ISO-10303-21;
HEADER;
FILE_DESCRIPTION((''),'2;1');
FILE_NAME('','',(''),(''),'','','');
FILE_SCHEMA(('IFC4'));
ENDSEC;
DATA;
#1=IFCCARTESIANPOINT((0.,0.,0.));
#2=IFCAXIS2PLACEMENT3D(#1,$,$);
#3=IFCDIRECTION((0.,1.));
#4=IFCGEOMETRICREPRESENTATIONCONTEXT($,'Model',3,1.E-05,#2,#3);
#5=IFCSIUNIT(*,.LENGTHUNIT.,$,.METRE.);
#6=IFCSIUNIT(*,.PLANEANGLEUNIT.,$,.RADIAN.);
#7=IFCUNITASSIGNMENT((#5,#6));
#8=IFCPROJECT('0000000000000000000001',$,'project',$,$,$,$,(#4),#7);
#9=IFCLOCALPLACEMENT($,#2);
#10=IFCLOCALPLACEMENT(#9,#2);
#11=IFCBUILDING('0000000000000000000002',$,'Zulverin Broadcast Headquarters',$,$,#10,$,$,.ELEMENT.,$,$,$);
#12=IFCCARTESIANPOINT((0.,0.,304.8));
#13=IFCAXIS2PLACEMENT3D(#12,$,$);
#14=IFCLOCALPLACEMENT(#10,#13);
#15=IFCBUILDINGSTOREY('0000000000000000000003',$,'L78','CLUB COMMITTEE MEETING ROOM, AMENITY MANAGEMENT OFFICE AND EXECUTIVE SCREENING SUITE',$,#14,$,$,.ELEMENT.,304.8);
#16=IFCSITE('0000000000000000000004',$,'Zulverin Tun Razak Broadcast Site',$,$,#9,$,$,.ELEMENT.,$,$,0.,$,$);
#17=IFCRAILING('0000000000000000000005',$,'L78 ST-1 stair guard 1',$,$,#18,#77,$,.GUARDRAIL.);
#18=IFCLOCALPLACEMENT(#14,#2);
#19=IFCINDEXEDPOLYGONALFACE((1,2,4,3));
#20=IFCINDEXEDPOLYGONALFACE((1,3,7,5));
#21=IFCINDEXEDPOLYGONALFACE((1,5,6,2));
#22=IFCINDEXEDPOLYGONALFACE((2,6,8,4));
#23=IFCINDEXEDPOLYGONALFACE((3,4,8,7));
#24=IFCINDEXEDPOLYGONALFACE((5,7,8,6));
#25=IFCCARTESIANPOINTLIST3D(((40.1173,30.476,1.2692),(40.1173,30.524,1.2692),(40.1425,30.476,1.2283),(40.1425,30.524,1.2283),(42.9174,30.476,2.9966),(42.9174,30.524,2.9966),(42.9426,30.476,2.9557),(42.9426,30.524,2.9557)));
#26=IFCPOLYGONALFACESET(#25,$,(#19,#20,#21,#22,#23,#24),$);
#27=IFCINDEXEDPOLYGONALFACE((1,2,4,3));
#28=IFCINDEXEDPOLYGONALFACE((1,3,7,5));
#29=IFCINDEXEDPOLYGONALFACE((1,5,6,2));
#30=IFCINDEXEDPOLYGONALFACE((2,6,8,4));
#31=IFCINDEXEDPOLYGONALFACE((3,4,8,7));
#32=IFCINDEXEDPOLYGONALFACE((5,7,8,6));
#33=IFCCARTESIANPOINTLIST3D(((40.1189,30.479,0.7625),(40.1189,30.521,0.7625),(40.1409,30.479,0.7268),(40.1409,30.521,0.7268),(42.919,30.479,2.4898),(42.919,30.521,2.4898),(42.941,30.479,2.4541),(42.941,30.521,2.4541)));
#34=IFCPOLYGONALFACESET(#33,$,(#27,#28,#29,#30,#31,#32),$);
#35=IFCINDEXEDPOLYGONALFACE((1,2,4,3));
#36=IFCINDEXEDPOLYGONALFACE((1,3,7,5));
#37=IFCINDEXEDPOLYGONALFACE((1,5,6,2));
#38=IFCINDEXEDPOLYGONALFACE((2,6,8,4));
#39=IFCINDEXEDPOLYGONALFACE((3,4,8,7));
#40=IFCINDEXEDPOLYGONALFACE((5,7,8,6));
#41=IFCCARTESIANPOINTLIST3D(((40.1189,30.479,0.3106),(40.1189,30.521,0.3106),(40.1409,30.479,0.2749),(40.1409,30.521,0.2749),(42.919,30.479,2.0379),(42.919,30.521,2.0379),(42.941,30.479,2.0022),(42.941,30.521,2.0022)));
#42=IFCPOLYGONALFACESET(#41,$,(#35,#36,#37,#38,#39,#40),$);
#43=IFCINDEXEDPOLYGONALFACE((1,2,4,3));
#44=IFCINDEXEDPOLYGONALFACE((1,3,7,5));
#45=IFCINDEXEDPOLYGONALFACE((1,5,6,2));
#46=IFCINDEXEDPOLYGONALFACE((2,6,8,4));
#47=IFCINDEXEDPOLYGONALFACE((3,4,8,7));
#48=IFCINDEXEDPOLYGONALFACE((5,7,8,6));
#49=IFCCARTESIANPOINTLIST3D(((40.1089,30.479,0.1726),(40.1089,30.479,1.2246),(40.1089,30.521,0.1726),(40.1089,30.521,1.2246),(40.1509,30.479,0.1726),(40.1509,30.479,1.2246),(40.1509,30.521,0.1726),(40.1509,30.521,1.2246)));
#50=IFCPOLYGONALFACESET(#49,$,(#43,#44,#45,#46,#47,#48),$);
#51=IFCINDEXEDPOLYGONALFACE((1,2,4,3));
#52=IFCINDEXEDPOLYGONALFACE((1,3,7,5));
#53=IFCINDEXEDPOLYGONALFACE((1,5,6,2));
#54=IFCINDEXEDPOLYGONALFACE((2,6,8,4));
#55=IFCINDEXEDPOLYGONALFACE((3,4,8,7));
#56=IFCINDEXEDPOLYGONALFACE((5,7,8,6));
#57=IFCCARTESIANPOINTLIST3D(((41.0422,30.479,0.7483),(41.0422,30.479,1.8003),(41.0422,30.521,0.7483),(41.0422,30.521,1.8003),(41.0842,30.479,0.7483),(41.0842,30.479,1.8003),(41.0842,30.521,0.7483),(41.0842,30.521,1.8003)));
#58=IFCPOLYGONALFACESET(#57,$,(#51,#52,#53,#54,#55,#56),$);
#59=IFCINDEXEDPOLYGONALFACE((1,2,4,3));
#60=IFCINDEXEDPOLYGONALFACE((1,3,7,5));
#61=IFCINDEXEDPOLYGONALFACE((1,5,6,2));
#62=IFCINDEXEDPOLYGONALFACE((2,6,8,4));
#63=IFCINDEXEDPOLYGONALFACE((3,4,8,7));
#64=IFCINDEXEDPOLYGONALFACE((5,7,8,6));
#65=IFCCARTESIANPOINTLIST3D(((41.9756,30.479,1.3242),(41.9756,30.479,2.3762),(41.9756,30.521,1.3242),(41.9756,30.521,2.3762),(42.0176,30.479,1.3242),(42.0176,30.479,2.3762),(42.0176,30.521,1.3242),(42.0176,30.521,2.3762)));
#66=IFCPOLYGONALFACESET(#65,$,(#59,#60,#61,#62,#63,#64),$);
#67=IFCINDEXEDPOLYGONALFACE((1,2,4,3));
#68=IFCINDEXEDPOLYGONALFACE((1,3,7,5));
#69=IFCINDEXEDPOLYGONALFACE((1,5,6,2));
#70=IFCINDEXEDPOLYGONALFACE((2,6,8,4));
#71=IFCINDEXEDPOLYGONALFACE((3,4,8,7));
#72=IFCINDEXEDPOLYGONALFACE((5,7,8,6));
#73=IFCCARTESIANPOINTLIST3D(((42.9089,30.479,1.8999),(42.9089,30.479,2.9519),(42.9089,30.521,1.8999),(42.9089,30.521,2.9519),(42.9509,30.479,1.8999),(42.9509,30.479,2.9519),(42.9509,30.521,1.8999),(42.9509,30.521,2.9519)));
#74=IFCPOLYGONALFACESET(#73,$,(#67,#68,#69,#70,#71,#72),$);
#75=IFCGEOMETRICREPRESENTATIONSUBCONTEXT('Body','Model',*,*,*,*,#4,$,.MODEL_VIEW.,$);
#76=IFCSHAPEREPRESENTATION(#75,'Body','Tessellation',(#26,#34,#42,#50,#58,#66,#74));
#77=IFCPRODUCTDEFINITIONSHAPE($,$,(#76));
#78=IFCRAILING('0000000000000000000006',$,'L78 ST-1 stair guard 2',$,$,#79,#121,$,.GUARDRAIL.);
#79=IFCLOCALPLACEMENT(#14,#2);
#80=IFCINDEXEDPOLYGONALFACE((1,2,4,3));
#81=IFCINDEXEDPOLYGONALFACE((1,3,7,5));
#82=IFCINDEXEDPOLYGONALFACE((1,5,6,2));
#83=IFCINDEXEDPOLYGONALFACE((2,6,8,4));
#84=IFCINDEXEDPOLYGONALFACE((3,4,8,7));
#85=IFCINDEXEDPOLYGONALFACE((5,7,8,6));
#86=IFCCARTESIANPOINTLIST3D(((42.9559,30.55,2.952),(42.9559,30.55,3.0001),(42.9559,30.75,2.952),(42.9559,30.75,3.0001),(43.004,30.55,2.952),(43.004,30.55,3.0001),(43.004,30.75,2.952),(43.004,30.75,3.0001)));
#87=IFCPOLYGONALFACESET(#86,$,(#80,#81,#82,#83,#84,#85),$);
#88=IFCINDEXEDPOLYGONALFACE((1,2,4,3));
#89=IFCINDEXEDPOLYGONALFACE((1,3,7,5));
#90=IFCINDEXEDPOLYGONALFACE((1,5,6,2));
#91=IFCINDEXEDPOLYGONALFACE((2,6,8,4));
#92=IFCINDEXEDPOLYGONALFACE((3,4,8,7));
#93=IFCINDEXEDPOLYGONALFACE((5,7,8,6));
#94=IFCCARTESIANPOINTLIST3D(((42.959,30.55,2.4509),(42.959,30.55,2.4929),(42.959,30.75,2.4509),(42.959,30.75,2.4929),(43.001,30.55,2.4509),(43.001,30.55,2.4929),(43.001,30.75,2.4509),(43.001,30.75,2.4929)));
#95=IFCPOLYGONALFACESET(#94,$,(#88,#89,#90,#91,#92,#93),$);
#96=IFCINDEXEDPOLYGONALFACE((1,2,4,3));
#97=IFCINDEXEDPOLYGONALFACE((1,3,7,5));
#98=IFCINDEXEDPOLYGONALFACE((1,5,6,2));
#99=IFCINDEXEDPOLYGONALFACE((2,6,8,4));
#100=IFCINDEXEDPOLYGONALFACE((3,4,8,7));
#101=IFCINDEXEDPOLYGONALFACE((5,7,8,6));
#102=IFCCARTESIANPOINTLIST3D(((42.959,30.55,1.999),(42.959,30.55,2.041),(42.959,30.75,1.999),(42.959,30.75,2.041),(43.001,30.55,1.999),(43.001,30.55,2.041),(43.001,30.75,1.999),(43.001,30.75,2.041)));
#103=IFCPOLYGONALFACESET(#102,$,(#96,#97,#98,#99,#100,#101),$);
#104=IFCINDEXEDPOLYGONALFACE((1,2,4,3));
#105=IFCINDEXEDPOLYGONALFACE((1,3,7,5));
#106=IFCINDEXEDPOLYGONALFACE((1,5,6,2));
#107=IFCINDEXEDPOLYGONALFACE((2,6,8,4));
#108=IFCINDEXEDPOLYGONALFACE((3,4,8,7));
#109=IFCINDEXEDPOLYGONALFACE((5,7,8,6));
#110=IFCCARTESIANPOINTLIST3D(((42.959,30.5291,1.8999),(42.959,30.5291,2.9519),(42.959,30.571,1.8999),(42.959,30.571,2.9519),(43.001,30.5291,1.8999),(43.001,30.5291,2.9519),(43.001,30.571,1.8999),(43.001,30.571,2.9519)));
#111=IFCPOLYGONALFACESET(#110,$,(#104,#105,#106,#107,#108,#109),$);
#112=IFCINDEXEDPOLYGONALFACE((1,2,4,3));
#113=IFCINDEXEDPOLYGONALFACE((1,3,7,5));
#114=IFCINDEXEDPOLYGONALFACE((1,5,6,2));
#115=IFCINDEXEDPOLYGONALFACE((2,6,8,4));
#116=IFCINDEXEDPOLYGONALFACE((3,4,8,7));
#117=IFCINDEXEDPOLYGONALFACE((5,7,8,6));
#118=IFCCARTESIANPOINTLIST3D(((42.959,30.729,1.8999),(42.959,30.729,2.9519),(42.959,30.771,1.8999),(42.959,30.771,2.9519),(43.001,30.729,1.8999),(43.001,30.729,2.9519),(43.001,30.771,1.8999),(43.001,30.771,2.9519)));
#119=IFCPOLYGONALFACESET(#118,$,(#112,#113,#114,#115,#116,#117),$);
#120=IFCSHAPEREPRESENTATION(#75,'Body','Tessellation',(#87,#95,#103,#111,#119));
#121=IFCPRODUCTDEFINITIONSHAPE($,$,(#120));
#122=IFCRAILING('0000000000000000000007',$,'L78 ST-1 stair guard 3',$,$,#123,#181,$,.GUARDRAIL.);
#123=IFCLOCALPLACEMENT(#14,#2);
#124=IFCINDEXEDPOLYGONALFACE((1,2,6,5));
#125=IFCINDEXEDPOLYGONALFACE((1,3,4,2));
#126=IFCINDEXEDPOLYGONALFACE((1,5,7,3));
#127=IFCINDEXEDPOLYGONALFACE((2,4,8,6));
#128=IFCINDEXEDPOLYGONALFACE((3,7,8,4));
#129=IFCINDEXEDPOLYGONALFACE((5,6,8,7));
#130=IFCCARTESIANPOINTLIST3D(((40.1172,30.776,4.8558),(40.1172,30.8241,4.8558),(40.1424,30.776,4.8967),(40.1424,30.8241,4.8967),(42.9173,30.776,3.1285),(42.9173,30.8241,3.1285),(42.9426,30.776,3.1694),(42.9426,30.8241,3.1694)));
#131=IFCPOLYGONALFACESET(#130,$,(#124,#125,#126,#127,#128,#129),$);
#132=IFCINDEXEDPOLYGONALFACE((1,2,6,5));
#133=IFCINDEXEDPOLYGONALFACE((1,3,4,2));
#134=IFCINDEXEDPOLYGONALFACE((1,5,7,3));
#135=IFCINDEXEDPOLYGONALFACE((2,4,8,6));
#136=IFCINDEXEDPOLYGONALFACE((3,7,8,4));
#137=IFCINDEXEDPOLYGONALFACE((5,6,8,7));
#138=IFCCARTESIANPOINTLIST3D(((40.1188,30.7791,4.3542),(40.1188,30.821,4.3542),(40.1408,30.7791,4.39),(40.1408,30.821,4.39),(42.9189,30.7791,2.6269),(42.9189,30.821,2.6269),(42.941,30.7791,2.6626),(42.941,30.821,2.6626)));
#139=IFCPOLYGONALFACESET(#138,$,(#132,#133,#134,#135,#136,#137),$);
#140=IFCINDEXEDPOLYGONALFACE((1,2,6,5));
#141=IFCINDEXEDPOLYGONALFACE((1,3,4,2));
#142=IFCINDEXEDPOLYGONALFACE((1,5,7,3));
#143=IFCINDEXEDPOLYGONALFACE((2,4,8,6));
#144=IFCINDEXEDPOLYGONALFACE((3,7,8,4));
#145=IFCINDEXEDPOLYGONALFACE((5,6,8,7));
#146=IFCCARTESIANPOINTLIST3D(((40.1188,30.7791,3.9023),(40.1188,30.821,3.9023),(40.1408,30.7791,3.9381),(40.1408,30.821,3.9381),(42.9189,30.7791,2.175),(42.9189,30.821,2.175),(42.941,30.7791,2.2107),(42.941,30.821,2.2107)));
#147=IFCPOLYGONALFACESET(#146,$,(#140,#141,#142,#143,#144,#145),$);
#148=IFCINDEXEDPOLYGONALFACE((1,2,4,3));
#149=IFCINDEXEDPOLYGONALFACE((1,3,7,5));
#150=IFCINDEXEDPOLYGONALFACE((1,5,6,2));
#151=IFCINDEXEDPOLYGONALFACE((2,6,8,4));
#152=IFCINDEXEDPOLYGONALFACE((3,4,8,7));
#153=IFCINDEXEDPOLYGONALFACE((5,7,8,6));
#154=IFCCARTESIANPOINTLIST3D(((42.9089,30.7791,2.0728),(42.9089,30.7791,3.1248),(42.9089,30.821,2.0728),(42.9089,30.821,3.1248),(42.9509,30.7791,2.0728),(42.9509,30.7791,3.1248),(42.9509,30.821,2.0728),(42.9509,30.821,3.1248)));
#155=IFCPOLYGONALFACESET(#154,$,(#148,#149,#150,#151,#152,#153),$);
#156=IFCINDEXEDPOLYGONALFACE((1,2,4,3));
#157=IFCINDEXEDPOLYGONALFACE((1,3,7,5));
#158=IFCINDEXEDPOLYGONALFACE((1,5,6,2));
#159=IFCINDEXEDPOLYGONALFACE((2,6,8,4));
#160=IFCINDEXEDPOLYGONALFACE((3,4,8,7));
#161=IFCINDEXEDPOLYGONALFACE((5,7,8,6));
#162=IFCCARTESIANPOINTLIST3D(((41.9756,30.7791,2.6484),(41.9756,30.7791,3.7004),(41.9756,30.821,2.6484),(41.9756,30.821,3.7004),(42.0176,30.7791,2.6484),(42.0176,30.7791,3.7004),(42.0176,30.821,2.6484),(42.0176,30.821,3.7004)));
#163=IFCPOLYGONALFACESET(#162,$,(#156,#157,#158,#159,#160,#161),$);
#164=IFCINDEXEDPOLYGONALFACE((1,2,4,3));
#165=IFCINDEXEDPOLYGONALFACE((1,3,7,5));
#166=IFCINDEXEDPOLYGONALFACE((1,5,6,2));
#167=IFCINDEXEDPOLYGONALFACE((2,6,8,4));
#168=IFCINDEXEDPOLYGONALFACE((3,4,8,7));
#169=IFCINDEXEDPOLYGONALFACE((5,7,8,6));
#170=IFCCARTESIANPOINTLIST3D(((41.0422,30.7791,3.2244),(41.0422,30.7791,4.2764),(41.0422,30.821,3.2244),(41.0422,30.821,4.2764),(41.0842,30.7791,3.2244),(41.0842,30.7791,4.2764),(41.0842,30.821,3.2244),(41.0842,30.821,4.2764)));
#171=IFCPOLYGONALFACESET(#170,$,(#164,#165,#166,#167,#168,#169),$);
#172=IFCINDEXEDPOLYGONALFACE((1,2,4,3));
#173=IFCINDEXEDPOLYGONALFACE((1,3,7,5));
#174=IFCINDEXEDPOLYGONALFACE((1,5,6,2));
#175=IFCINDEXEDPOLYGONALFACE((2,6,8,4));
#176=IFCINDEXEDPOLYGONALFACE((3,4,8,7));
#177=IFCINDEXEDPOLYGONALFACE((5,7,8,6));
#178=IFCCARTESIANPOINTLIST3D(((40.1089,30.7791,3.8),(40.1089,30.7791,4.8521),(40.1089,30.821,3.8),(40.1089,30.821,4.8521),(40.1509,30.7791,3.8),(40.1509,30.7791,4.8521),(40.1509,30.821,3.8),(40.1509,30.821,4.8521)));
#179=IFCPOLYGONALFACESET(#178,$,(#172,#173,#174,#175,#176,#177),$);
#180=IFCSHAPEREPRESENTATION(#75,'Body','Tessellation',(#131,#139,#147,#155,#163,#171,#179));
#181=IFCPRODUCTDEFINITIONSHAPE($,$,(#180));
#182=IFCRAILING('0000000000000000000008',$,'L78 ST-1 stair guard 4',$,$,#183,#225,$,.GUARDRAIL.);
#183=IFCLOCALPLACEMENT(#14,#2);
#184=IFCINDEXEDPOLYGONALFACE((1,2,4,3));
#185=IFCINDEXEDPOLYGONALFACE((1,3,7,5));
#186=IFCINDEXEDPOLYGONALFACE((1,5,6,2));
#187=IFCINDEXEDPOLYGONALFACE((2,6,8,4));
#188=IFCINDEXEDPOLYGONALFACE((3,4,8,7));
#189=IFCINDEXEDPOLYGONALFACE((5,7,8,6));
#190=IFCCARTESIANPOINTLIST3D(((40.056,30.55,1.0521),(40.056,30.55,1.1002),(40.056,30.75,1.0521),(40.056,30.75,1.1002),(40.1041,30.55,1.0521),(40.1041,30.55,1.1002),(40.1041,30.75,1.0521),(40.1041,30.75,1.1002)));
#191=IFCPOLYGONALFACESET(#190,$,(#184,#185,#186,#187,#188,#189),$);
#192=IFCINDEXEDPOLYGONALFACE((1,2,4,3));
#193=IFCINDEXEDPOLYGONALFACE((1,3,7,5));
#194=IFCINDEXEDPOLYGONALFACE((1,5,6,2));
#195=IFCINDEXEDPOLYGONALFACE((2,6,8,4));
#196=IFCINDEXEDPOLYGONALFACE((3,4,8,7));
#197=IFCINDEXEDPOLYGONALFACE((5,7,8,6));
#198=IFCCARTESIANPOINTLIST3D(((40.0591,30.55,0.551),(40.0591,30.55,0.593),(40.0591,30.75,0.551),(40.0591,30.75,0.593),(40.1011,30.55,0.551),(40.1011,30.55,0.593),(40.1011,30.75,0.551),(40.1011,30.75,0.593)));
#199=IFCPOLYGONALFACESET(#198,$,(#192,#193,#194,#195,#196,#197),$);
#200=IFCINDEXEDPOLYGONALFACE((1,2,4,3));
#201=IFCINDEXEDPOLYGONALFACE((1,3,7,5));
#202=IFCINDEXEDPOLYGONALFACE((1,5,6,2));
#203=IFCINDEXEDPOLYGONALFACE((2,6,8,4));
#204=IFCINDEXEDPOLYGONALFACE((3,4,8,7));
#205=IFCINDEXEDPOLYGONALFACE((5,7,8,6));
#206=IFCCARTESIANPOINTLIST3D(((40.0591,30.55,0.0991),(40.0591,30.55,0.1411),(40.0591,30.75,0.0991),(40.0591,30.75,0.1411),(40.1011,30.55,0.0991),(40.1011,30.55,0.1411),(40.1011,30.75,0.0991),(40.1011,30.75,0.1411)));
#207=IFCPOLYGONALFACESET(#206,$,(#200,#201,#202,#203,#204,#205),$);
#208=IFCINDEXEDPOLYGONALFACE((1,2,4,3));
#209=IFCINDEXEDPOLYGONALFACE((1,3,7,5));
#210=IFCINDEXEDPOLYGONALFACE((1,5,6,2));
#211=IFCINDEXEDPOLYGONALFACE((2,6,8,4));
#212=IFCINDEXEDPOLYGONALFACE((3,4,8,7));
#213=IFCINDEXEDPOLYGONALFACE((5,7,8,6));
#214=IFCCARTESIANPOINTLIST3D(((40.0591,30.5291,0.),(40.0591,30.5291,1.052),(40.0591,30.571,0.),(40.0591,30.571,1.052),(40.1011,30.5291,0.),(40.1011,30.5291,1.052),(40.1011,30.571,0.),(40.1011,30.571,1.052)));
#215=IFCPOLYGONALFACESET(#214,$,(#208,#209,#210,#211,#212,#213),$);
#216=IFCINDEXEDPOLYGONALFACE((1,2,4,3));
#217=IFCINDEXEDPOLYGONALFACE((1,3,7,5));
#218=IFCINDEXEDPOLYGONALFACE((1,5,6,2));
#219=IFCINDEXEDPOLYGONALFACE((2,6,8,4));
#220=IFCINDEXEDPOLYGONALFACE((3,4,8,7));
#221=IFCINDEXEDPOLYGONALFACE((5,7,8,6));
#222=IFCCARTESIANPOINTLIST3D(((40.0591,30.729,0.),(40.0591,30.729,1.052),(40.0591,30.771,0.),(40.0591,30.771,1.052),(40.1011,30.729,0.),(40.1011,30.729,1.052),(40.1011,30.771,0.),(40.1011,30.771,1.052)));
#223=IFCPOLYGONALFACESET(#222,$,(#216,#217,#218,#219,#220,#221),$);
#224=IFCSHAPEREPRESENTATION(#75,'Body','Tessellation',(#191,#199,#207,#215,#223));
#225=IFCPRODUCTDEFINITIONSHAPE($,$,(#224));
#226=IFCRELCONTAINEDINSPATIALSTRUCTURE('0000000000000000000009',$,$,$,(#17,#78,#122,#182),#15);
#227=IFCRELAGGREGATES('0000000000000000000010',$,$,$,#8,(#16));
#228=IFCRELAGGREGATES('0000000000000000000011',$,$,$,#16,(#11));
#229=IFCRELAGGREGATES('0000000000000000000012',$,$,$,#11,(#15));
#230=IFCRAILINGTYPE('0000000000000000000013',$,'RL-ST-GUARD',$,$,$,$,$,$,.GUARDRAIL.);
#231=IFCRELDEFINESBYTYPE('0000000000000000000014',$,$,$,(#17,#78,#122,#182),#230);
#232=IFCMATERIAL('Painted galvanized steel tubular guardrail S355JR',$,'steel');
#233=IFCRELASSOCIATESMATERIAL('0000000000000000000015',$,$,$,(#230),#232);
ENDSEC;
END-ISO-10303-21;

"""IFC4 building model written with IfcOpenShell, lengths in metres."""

from ifc_helpers import new_model, si_unit, direction, frame, origin, origin_2d, place, context, subcontext, project, spatial, rectangle, extrude, material, type_object, element, save


model = new_model("IFC4")

# Units and contexts
model_context = context("Model", 3, precision=1e-05, world=origin(), true_north=direction((0.0, 1.0)))
body_context = subcontext(model_context, "Body", "Model", "MODEL_VIEW")
ifc_project = project(units=[si_unit("LENGTHUNIT", "METRE"), si_unit("PLANEANGLEUNIT", "RADIAN")], contexts=[model_context])

# Site, building, storey
site_placement = place(None, origin())
site = spatial("IfcSite", under=ifc_project, at=site_placement, Name="Zulverin Tun Razak Broadcast Site", CompositionType="ELEMENT", RefElevation=0.0)
building_placement = place(site_placement, origin())
building = spatial("IfcBuilding", under=site, at=building_placement, Name="Zulverin Broadcast Headquarters", CompositionType="ELEMENT")
storey_placement = place(building_placement, frame((0.0, 0.0, 304.8)))
storey = spatial("IfcBuildingStorey", under=building, at=storey_placement, Name="L78", Description="CLUB COMMITTEE MEETING ROOM, AMENITY MANAGEMENT OFFICE AND EXECUTIVE SCREENING SUITE", CompositionType="ELEMENT", Elevation=304.8)

# Railings
ifc_material_1 = material(Name="Painted galvanized steel tubular guardrail S355JR", Category="steel")
railing_type_1 = type_object("IfcRailingType", Name="RL-ST-GUARD", PredefinedType="GUARDRAIL", material=ifc_material_1)
railing_1_placement = place(storey_placement, frame((40.1299, 30.5, 0.1726)))
element("IfcRailing", 1, at=railing_1_placement, inside=storey, type_object=railing_type_1, Name="L78 ST-1 stair guard 1", PredefinedType="GUARDRAIL", context=body_context, shape_type="SweptSolid", body=[
    extrude(rectangle(XDim=0.0481, YDim=0.0481, at=origin_2d()), frame((0.0, 0.0, 1.0762), z_axis=(0.85109, 0.0, 0.52502), x_axis=(0.0, 1.0, 0.0)), (0.0, 0.0, 1.0), 3.29),
    extrude(rectangle(XDim=0.042, YDim=0.042, at=origin_2d()), frame((0.0, 0.0, 0.572), z_axis=(0.85109, 0.0, 0.52502), x_axis=(0.0, 1.0, 0.0)), (0.0, 0.0, 1.0), 3.29),
    extrude(rectangle(XDim=0.042, YDim=0.042, at=origin_2d()), frame((0.0, 0.0, 0.1201), z_axis=(0.85109, 0.0, 0.52502), x_axis=(0.0, 1.0, 0.0)), (0.0, 0.0, 1.0), 3.29),
    extrude(rectangle(XDim=0.042, YDim=0.042, at=origin_2d()), origin(), (0.0, 0.0, 1.0), 1.052),
    extrude(rectangle(XDim=0.042, YDim=0.042, at=origin_2d()), frame((0.9333, 0.0, 0.5757)), (0.0, 0.0, 1.0), 1.052),
    extrude(rectangle(XDim=0.042, YDim=0.042, at=origin_2d()), frame((1.8667, 0.0, 1.1516)), (0.0, 0.0, 1.0), 1.052),
    extrude(rectangle(XDim=0.042, YDim=0.042, at=origin_2d()), frame((2.8, 0.0, 1.7273)), (0.0, 0.0, 1.0), 1.052),
])
railing_2_placement = place(storey_placement, frame((42.98, 30.55, 1.8999)))
element("IfcRailing", 2, at=railing_2_placement, inside=storey, type_object=railing_type_1, Name="L78 ST-1 stair guard 2", PredefinedType="GUARDRAIL", context=body_context, shape_type="SweptSolid", body=[
    extrude(rectangle(XDim=0.0481, YDim=0.0481, at=origin_2d()), frame((0.0, 0.0, 1.0762), z_axis=(0.0, 1.0, 0.0), x_axis=(-1.0, 0.0, 0.0)), (0.0, 0.0, 1.0), 0.2),
    extrude(rectangle(XDim=0.042, YDim=0.042, at=origin_2d()), frame((0.0, 0.0, 0.572), z_axis=(0.0, 1.0, 0.0), x_axis=(-1.0, 0.0, 0.0)), (0.0, 0.0, 1.0), 0.2),
    extrude(rectangle(XDim=0.042, YDim=0.042, at=origin_2d()), frame((0.0, 0.0, 0.1201), z_axis=(0.0, 1.0, 0.0), x_axis=(-1.0, 0.0, 0.0)), (0.0, 0.0, 1.0), 0.2),
    extrude(rectangle(XDim=0.042, YDim=0.042, at=origin_2d()), origin(), (0.0, 0.0, 1.0), 1.052),
    extrude(rectangle(XDim=0.042, YDim=0.042, at=origin_2d()), frame((0.0, 0.2, 0.0)), (0.0, 0.0, 1.0), 1.052),
])
railing_3_placement = place(storey_placement, frame((42.9299, 30.8, 2.0728)))
element("IfcRailing", 3, at=railing_3_placement, inside=storey, type_object=railing_type_1, Name="L78 ST-1 stair guard 3", PredefinedType="GUARDRAIL", context=body_context, shape_type="SweptSolid", body=[
    extrude(rectangle(XDim=0.0481, YDim=0.0481, at=origin_2d()), frame((0.0, 0.0, 1.0762), z_axis=(-0.85109, 0.0, 0.52502), x_axis=(0.0, -1.0, 0.0)), (0.0, 0.0, 1.0), 3.29),
    extrude(rectangle(XDim=0.042, YDim=0.042, at=origin_2d()), frame((0.0, 0.0, 0.572), z_axis=(-0.85109, 0.0, 0.52502), x_axis=(0.0, -1.0, 0.0)), (0.0, 0.0, 1.0), 3.29),
    extrude(rectangle(XDim=0.042, YDim=0.042, at=origin_2d()), frame((0.0, 0.0, 0.1201), z_axis=(-0.85109, 0.0, 0.52502), x_axis=(0.0, -1.0, 0.0)), (0.0, 0.0, 1.0), 3.29),
    extrude(rectangle(XDim=0.042, YDim=0.042, at=origin_2d()), origin(), (0.0, 0.0, 1.0), 1.052),
    extrude(rectangle(XDim=0.042, YDim=0.042, at=origin_2d()), frame((-0.9333, 0.0, 0.5757)), (0.0, 0.0, 1.0), 1.052),
    extrude(rectangle(XDim=0.042, YDim=0.042, at=origin_2d()), frame((-1.8667, 0.0, 1.1516)), (0.0, 0.0, 1.0), 1.052),
    extrude(rectangle(XDim=0.042, YDim=0.042, at=origin_2d()), frame((-2.8, 0.0, 1.7273)), (0.0, 0.0, 1.0), 1.052),
])
railing_4_placement = place(storey_placement, frame((40.0801, 30.55, 0.0)))
element("IfcRailing", 4, at=railing_4_placement, inside=storey, type_object=railing_type_1, Name="L78 ST-1 stair guard 4", PredefinedType="GUARDRAIL", context=body_context, shape_type="SweptSolid", body=[
    extrude(rectangle(XDim=0.0481, YDim=0.0481, at=origin_2d()), frame((0.0, 0.0, 1.0762), z_axis=(0.0, 1.0, 0.0), x_axis=(-1.0, 0.0, 0.0)), (0.0, 0.0, 1.0), 0.2),
    extrude(rectangle(XDim=0.042, YDim=0.042, at=origin_2d()), frame((0.0, 0.0, 0.572), z_axis=(0.0, 1.0, 0.0), x_axis=(-1.0, 0.0, 0.0)), (0.0, 0.0, 1.0), 0.2),
    extrude(rectangle(XDim=0.042, YDim=0.042, at=origin_2d()), frame((0.0, 0.0, 0.1201), z_axis=(0.0, 1.0, 0.0), x_axis=(-1.0, 0.0, 0.0)), (0.0, 0.0, 1.0), 0.2),
    extrude(rectangle(XDim=0.042, YDim=0.042, at=origin_2d()), origin(), (0.0, 0.0, 1.0), 1.052),
    extrude(rectangle(XDim=0.042, YDim=0.042, at=origin_2d()), frame((0.0, 0.2, 0.0)), (0.0, 0.0, 1.0), 1.052),
])

save(model, "model.ifc")
